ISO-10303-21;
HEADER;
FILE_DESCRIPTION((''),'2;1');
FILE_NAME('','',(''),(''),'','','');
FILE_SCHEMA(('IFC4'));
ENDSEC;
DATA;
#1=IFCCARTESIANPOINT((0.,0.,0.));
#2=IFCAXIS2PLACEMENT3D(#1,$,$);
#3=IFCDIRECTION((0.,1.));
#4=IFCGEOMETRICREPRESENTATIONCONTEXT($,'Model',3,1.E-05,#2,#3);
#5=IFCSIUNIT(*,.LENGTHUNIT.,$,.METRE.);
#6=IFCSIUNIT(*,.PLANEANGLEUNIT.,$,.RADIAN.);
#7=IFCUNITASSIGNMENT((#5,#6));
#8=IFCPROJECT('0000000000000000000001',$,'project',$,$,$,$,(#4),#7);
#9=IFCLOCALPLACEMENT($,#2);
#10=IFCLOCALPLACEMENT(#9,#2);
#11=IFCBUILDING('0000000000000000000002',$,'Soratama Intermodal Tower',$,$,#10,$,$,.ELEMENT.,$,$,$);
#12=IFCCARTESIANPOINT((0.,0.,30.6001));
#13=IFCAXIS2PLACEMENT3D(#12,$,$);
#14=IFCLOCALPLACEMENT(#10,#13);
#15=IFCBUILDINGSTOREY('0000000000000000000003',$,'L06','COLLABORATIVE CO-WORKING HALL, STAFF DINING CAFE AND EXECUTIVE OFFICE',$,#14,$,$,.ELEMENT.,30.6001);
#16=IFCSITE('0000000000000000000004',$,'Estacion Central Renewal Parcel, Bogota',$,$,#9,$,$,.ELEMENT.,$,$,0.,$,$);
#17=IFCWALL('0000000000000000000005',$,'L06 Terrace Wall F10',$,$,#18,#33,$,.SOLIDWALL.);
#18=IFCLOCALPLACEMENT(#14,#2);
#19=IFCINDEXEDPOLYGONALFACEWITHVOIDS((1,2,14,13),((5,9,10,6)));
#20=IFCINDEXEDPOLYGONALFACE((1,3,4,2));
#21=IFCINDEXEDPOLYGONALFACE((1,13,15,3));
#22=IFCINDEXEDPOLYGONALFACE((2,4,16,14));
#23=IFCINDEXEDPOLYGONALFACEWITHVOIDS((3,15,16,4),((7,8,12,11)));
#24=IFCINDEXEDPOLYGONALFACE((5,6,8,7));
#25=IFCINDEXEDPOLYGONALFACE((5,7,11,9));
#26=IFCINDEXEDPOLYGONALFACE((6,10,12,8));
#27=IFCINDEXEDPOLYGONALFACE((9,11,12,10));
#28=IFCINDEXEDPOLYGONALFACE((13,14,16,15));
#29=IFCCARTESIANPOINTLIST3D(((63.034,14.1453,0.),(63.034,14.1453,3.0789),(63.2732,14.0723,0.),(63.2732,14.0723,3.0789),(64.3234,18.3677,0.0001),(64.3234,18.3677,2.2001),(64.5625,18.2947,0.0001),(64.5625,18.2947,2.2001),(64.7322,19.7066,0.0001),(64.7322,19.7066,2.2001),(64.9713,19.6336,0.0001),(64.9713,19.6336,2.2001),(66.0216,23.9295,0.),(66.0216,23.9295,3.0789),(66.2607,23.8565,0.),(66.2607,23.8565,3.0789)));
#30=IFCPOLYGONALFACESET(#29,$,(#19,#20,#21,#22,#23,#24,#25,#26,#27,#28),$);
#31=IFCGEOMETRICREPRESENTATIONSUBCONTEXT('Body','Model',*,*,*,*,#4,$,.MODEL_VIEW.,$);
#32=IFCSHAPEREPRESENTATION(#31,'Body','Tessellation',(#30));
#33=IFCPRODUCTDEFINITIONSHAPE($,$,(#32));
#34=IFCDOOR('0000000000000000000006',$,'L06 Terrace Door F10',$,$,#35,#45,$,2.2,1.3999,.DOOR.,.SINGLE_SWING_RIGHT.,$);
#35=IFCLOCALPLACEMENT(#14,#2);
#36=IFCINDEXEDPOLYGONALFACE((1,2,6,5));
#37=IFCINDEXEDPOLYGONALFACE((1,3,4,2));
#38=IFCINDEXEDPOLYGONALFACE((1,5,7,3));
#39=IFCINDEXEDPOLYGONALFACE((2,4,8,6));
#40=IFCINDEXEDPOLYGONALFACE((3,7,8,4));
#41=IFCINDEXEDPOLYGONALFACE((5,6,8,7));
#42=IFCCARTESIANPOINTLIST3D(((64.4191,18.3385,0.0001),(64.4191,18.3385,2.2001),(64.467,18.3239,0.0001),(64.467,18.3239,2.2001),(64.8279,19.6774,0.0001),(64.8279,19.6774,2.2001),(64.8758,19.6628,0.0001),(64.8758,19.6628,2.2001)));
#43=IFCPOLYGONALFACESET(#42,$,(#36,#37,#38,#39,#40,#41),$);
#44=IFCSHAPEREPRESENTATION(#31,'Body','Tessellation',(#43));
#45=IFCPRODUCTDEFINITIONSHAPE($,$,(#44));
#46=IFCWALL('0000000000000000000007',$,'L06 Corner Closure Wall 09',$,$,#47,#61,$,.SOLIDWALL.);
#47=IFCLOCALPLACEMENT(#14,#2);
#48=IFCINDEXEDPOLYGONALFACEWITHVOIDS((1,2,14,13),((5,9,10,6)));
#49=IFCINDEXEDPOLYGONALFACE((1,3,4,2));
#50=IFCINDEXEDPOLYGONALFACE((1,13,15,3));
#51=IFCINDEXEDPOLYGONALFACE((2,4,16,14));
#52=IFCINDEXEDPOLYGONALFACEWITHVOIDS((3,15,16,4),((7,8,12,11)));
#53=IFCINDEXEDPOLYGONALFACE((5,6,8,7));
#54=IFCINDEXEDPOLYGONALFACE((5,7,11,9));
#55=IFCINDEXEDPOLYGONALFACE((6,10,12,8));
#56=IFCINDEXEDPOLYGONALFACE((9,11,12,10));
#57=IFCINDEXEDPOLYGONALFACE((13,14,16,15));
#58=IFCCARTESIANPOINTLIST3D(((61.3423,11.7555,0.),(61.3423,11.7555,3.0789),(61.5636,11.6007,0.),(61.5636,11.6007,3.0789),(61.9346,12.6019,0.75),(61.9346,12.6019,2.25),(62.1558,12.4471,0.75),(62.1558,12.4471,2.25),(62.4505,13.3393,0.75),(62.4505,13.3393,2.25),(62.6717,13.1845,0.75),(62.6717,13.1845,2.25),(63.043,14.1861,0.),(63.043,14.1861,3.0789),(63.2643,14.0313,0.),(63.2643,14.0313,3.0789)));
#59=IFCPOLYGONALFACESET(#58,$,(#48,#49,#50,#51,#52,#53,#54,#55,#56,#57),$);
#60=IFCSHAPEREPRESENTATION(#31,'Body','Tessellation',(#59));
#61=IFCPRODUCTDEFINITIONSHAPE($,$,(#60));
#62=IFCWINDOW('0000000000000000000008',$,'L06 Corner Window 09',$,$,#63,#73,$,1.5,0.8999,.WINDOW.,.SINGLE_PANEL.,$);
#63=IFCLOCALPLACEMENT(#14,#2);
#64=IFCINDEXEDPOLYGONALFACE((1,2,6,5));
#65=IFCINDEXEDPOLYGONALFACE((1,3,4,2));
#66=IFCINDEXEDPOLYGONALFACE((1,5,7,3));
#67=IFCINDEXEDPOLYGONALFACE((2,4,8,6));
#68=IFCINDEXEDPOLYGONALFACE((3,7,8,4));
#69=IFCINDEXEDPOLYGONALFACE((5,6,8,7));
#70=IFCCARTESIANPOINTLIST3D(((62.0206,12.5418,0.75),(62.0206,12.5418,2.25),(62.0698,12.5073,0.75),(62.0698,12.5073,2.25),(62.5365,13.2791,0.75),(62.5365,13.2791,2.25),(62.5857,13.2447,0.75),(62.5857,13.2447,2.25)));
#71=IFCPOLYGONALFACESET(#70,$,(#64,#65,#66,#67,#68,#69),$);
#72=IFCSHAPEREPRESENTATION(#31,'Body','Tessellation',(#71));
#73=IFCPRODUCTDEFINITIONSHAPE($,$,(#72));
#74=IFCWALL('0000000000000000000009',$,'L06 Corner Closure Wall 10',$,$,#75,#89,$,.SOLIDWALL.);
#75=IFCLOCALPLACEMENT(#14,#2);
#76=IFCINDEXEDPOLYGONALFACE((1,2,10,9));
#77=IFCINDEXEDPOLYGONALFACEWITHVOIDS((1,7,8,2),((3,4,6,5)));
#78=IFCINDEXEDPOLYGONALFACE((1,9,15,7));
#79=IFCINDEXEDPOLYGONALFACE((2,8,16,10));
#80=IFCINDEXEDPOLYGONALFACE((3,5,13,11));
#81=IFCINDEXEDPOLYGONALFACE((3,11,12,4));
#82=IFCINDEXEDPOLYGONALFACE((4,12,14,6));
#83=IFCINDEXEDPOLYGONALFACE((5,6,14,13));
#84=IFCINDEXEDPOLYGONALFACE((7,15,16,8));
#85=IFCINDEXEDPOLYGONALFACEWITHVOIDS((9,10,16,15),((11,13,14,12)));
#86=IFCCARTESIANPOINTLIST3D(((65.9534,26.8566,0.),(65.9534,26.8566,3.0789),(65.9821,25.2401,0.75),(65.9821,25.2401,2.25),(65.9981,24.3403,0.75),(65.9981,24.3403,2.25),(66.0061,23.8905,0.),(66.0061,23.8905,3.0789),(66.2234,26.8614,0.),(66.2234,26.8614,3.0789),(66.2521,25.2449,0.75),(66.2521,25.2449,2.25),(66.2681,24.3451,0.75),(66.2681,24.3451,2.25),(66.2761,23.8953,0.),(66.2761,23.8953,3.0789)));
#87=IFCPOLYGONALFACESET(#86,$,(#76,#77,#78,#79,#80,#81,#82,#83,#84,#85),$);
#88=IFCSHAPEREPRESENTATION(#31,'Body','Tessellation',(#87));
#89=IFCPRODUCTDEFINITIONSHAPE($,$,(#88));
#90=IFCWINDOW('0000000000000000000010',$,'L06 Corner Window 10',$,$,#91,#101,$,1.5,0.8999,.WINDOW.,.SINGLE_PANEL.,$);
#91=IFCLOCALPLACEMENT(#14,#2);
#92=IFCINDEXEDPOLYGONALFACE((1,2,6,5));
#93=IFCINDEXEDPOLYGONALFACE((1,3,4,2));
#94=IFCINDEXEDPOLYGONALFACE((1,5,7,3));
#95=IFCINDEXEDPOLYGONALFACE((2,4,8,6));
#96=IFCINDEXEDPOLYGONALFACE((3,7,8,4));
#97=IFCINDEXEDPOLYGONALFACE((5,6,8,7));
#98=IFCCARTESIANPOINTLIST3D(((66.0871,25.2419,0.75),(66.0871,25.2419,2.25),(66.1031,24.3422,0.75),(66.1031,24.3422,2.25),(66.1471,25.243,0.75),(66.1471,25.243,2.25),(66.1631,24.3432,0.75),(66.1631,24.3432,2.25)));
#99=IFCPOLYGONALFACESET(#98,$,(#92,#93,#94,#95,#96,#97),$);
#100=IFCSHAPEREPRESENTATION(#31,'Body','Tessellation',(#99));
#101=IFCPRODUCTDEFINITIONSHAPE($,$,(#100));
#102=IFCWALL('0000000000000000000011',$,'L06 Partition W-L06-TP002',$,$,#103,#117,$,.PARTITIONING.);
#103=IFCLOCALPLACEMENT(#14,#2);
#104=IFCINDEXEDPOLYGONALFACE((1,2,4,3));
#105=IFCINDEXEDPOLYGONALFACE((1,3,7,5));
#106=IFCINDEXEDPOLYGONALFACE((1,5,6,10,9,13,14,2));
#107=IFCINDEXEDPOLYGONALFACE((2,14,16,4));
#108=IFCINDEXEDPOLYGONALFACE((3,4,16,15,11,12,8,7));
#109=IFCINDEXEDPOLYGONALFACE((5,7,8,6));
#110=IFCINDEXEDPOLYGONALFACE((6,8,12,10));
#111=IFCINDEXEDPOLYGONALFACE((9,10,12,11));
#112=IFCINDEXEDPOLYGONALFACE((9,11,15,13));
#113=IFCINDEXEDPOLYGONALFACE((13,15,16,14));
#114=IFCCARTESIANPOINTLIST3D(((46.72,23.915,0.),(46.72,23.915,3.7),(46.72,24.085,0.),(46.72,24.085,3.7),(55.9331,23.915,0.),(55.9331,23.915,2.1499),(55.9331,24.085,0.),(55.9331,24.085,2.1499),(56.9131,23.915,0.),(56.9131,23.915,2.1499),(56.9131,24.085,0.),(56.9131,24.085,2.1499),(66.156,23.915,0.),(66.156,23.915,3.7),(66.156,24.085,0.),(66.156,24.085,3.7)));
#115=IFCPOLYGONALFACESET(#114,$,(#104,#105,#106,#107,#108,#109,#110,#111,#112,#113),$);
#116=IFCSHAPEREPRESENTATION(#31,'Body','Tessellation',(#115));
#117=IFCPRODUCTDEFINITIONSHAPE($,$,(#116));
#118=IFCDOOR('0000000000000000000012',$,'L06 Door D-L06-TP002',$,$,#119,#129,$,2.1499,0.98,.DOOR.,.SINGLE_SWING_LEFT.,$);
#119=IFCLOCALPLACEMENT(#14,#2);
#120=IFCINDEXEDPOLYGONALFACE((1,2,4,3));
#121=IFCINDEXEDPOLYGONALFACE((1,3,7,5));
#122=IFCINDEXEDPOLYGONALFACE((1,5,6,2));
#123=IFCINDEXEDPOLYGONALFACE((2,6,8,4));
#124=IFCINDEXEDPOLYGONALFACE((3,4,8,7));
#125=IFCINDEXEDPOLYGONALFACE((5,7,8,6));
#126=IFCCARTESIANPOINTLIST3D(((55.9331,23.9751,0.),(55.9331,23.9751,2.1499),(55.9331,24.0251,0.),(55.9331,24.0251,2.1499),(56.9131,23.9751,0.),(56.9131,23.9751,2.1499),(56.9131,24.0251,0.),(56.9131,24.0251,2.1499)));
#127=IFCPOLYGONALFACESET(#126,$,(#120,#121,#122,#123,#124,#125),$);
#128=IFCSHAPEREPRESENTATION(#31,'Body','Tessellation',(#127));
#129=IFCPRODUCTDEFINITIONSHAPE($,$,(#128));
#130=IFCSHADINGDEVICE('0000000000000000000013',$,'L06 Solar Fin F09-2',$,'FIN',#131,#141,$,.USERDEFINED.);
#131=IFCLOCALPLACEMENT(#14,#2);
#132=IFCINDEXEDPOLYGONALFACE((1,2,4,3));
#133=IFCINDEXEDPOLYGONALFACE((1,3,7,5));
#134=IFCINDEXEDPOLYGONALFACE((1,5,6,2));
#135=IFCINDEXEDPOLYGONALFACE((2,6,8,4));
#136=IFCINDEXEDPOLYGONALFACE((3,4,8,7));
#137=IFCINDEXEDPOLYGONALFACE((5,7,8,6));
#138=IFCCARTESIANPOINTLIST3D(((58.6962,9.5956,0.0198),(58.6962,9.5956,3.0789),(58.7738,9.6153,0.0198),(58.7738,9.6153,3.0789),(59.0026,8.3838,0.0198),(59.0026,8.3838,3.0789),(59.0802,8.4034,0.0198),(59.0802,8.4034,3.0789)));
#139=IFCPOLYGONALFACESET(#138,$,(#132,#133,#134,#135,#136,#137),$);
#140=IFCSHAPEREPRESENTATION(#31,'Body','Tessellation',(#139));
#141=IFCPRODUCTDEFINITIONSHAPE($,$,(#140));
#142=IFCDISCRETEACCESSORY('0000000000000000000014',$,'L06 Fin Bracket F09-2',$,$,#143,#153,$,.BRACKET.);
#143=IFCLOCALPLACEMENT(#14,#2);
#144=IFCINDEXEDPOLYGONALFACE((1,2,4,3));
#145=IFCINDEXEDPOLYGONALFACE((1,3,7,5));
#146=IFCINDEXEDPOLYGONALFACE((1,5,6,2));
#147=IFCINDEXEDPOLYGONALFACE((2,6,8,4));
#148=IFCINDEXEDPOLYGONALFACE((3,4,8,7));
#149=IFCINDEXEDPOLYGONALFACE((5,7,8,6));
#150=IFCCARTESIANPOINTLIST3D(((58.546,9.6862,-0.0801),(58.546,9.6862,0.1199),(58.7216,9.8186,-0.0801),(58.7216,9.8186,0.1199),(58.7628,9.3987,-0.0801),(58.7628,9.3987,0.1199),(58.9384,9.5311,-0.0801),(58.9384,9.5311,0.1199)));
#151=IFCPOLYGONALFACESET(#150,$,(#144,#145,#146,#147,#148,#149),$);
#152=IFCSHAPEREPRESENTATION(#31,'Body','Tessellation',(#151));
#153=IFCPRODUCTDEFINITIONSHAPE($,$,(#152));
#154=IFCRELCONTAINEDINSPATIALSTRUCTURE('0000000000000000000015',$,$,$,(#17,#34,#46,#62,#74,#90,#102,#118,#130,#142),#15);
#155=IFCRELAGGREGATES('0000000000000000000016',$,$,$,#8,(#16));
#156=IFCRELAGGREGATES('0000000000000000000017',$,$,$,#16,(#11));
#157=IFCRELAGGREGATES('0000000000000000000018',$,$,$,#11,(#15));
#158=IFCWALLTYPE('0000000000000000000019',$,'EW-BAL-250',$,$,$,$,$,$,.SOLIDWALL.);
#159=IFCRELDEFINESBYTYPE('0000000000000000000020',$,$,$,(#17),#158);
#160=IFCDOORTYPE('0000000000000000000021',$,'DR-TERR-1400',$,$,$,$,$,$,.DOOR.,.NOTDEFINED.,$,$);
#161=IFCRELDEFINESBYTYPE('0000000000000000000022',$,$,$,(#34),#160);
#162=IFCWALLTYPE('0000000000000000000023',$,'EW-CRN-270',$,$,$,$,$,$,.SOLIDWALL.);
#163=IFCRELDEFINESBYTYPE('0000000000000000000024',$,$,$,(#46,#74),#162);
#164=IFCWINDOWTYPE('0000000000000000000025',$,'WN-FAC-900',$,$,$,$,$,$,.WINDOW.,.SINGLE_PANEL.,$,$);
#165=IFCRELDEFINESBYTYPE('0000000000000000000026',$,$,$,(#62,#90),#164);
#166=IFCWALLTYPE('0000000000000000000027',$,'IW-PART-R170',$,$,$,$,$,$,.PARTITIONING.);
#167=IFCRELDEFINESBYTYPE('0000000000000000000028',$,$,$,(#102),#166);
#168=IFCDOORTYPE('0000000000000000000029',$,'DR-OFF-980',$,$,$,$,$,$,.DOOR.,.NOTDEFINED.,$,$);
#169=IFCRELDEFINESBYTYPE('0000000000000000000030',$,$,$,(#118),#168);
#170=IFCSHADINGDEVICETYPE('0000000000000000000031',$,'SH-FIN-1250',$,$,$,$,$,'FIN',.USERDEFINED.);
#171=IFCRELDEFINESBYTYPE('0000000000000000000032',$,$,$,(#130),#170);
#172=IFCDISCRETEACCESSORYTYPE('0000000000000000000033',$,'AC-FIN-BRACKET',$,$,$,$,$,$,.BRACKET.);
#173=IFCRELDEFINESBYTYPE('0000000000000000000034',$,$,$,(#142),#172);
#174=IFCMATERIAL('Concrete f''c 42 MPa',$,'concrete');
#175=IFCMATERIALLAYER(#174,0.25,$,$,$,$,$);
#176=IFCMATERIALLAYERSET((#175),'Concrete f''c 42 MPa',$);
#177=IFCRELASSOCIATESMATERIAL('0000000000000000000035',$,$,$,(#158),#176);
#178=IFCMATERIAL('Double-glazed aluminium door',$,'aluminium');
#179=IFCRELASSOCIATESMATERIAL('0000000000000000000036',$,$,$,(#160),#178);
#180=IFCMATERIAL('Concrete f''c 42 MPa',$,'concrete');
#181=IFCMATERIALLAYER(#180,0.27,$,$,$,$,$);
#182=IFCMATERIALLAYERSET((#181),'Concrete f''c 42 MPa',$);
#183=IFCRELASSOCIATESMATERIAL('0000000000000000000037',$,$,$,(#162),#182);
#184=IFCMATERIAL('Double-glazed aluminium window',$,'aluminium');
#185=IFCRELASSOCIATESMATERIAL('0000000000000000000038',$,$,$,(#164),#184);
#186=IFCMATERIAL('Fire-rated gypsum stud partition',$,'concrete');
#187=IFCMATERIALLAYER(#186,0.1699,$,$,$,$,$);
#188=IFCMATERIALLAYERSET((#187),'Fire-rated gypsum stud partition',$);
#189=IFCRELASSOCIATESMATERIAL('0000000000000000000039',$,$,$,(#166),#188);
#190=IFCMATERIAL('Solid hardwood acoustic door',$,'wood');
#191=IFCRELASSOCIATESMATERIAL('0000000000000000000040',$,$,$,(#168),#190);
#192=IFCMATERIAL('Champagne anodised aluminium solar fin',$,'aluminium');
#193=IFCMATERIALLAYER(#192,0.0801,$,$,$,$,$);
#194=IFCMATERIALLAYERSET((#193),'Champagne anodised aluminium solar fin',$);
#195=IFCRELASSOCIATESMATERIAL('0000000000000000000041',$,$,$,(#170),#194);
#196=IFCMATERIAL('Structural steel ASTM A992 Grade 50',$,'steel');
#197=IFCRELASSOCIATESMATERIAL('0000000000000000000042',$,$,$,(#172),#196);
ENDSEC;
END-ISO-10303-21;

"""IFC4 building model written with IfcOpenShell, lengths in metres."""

from ifc_helpers import new_model, si_unit, direction, frame, frame_2d, origin, origin_2d, place, context, subcontext, project, spatial, rectangle, extrude, material, layer, layer_set, type_object, element, fill, save


model = new_model("IFC4")

# Units and contexts
model_context = context("Model", 3, precision=1e-05, world=origin(), true_north=direction((0.0, 1.0)))
body_context = subcontext(model_context, "Body", "Model", "MODEL_VIEW")
ifc_project = project(units=[si_unit("LENGTHUNIT", "METRE"), si_unit("PLANEANGLEUNIT", "RADIAN")], contexts=[model_context])

# Site, building, storey
site_placement = place(None, origin())
site = spatial("IfcSite", under=ifc_project, at=site_placement, Name="Estacion Central Renewal Parcel, Bogota", CompositionType="ELEMENT", RefElevation=0.0)
building_placement = place(site_placement, origin())
building = spatial("IfcBuilding", under=site, at=building_placement, Name="Soratama Intermodal Tower", CompositionType="ELEMENT")
storey_placement = place(building_placement, frame((0.0, 0.0, 30.6001)))
storey = spatial("IfcBuildingStorey", under=building, at=storey_placement, Name="L06", Description="COLLABORATIVE CO-WORKING HALL, STAFF DINING CAFE AND EXECUTIVE OFFICE", CompositionType="ELEMENT", Elevation=30.6001)

# Wall, opening, door
ifc_material_1 = material(Name="Concrete f'c 42 MPa", Category="concrete")
ifc_layer_1 = layer(ifc_material_1, 0.25)
ifc_layer_set_1 = layer_set([ifc_layer_1], Name="Concrete f'c 42 MPa")
wall_type_1 = type_object("IfcWallType", Name="EW-BAL-250", PredefinedType="SOLIDWALL", material=ifc_layer_set_1)
wall_1_placement = place(storey_placement, frame((63.1536, 14.1086, 0.0), z_axis=(0.0, 0.0, 1.0), x_axis=(0.292034, 0.956408, 0.0)))
wall_1 = element("IfcWall", 1, at=wall_1_placement, inside=storey, type_object=wall_type_1, Name="L06 Terrace Wall F10", PredefinedType="SOLIDWALL", context=body_context, shape_type="SweptSolid", body=[
    extrude(rectangle(XDim=10.2302, YDim=0.25, at=frame_2d((5.1152, 0.0))), origin(), (0.0, 0.0, 1.0), 3.0789),
])
opening_1_placement = place(wall_1_placement, frame((4.415, 0.0, 0.0)))
opening_1 = element("IfcOpeningElement", 2, at=opening_1_placement, cuts=wall_1, PredefinedType="OPENING", context=body_context, shape_type="SweptSolid", body=[
    extrude(rectangle(XDim=1.3999, YDim=2.2, at=frame_2d((0.7, 1.1001))), frame((0.0, 0.135, 0.0), z_axis=(0.0, -1.0, 0.0), x_axis=(1.0, 0.0, 0.0)), (0.0, 0.0, 1.0), 0.27),
])
ifc_material_2 = material(Name="Double-glazed aluminium door", Category="aluminium")
door_type_1 = type_object("IfcDoorType", Name="DR-TERR-1400", OperationType="NOTDEFINED", PredefinedType="DOOR", material=ifc_material_2)
door_1_placement = place(opening_1_placement, origin())
door_1 = element("IfcDoor", 3, at=door_1_placement, inside=storey, type_object=door_type_1, Name="L06 Terrace Door F10", OperationType="SINGLE_SWING_RIGHT", OverallHeight=2.2, OverallWidth=1.3999, PredefinedType="DOOR", context=body_context, shape_type="SweptSolid", body=[
    extrude(rectangle(XDim=1.3999, YDim=2.2, at=frame_2d((0.7, 1.1001))), frame((0.0, 0.0249, 0.0), z_axis=(0.0, -1.0, 0.0), x_axis=(1.0, 0.0, 0.0)), (0.0, 0.0, 1.0), 0.05),
])
fill(opening_1, door_1)

# Walls, openings, windows
ifc_material_3 = material(Name="Concrete f'c 42 MPa", Category="concrete")
ifc_layer_2 = layer(ifc_material_3, 0.27)
ifc_layer_set_2 = layer_set([ifc_layer_2], Name="Concrete f'c 42 MPa")
wall_type_2 = type_object("IfcWallType", Name="EW-CRN-270", PredefinedType="SOLIDWALL", material=ifc_layer_set_2)
wall_2_placement = place(storey_placement, frame((61.4529, 11.678, 0.0), z_axis=(0.0, 0.0, 1.0), x_axis=(0.573286, 0.819356, 0.0)))
wall_2 = element("IfcWall", 4, at=wall_2_placement, inside=storey, type_object=wall_type_2, Name="L06 Corner Closure Wall 09", PredefinedType="SOLIDWALL", context=body_context, shape_type="SweptSolid", body=[
    extrude(rectangle(XDim=2.9666, YDim=0.27, at=frame_2d((1.4834, 0.0))), origin(), (0.0, 0.0, 1.0), 3.0789),
])
opening_2_placement = place(wall_2_placement, frame((1.0332, 0.0, 0.75)))
opening_2 = element("IfcOpeningElement", 5, at=opening_2_placement, cuts=wall_2, PredefinedType="OPENING", context=body_context, shape_type="SweptSolid", body=[
    extrude(rectangle(XDim=0.8999, YDim=1.5, at=frame_2d((0.45, 0.75))), frame((0.0, 0.145, 0.0), z_axis=(0.0, -1.0, 0.0), x_axis=(1.0, 0.0, 0.0)), (0.0, 0.0, 1.0), 0.29),
])
ifc_material_4 = material(Name="Double-glazed aluminium window", Category="aluminium")
window_type = type_object("IfcWindowType", Name="WN-FAC-900", PartitioningType="SINGLE_PANEL", PredefinedType="WINDOW", material=ifc_material_4)
window_1_placement = place(opening_2_placement, origin())
window_1 = element("IfcWindow", 6, at=window_1_placement, inside=storey, type_object=window_type, Name="L06 Corner Window 09", OverallHeight=1.5, OverallWidth=0.8999, PartitioningType="SINGLE_PANEL", PredefinedType="WINDOW", context=body_context, shape_type="SweptSolid", body=[
    extrude(rectangle(XDim=0.8999, YDim=1.5, at=frame_2d((0.45, 0.75))), frame((0.0, 0.03, 0.0), z_axis=(0.0, -1.0, 0.0), x_axis=(1.0, 0.0, 0.0)), (0.0, 0.0, 1.0), 0.0601),
])
fill(opening_2, window_1)
wall_3_placement = place(storey_placement, frame((66.1411, 23.8928, 0.0), z_axis=(0.0, 0.0, 1.0), x_axis=(-0.017776, 0.999842, 0.0)))
wall_3 = element("IfcWall", 7, at=wall_3_placement, inside=storey, type_object=wall_type_2, Name="L06 Corner Closure Wall 10", PredefinedType="SOLIDWALL", context=body_context, shape_type="SweptSolid", body=[
    extrude(rectangle(XDim=2.9666, YDim=0.27, at=frame_2d((1.4834, 0.0))), origin(), (0.0, 0.0, 1.0), 3.0789),
])
opening_3_placement = place(wall_3_placement, frame((0.45, 0.0, 0.75)))
opening_3 = element("IfcOpeningElement", 8, at=opening_3_placement, cuts=wall_3, PredefinedType="OPENING", context=body_context, shape_type="SweptSolid", body=[
    extrude(rectangle(XDim=0.8999, YDim=1.5, at=frame_2d((0.45, 0.75))), frame((0.0, 0.145, 0.0), z_axis=(0.0, -1.0, 0.0), x_axis=(1.0, 0.0, 0.0)), (0.0, 0.0, 1.0), 0.29),
])
window_2_placement = place(opening_3_placement, origin())
window_2 = element("IfcWindow", 9, at=window_2_placement, inside=storey, type_object=window_type, Name="L06 Corner Window 10", OverallHeight=1.5, OverallWidth=0.8999, PartitioningType="SINGLE_PANEL", PredefinedType="WINDOW", context=body_context, shape_type="SweptSolid", body=[
    extrude(rectangle(XDim=0.8999, YDim=1.5, at=frame_2d((0.45, 0.75))), frame((0.0, 0.03, 0.0), z_axis=(0.0, -1.0, 0.0), x_axis=(1.0, 0.0, 0.0)), (0.0, 0.0, 1.0), 0.0601),
])
fill(opening_3, window_2)

# Wall, opening, door
ifc_material_5 = material(Name="Fire-rated gypsum stud partition", Category="concrete")
ifc_layer_3 = layer(ifc_material_5, 0.1699)
ifc_layer_set_3 = layer_set([ifc_layer_3], Name="Fire-rated gypsum stud partition")
wall_type_3 = type_object("IfcWallType", Name="IW-PART-R170", PredefinedType="PARTITIONING", material=ifc_layer_set_3)
wall_4_placement = place(storey_placement, frame((66.156, 24.0, 0.0), z_axis=(0.0, 0.0, 1.0), x_axis=(-1.0, 0.0, 0.0)))
wall_4 = element("IfcWall", 10, at=wall_4_placement, inside=storey, type_object=wall_type_3, Name="L06 Partition W-L06-TP002", PredefinedType="PARTITIONING", context=body_context, shape_type="SweptSolid", body=[
    extrude(rectangle(XDim=19.436, YDim=0.1699, at=frame_2d((9.718, 0.0))), origin(), (0.0, 0.0, 1.0), 3.7),
])
opening_4_placement = place(wall_4_placement, frame((9.2429, 0.0, 0.0)))
opening_4 = element("IfcOpeningElement", 11, at=opening_4_placement, cuts=wall_4, PredefinedType="OPENING", context=body_context, shape_type="SweptSolid", body=[
    extrude(rectangle(XDim=0.98, YDim=2.1499, at=frame_2d((0.49, 1.075))), frame((0.0, 0.095, 0.0), z_axis=(0.0, -1.0, 0.0), x_axis=(1.0, 0.0, 0.0)), (0.0, 0.0, 1.0), 0.1899),
])
ifc_material_6 = material(Name="Solid hardwood acoustic door", Category="wood")
door_type_2 = type_object("IfcDoorType", Name="DR-OFF-980", OperationType="NOTDEFINED", PredefinedType="DOOR", material=ifc_material_6)
door_2_placement = place(opening_4_placement, origin())
door_2 = element("IfcDoor", 12, at=door_2_placement, inside=storey, type_object=door_type_2, Name="L06 Door D-L06-TP002", OperationType="SINGLE_SWING_LEFT", OverallHeight=2.1499, OverallWidth=0.98, PredefinedType="DOOR", context=body_context, shape_type="SweptSolid", body=[
    extrude(rectangle(XDim=0.98, YDim=2.1499, at=frame_2d((0.49, 1.075))), frame((0.0, 0.0249, 0.0), z_axis=(0.0, -1.0, 0.0), x_axis=(1.0, 0.0, 0.0)), (0.0, 0.0, 1.0), 0.05),
])
fill(opening_4, door_2)

# Shading device
ifc_material_7 = material(Name="Champagne anodised aluminium solar fin", Category="aluminium")
ifc_layer_4 = layer(ifc_material_7, 0.0801)
ifc_layer_set_4 = layer_set([ifc_layer_4], Name="Champagne anodised aluminium solar fin")
shading_device_type = type_object("IfcShadingDeviceType", Name="SH-FIN-1250", ElementType="FIN", PredefinedType="USERDEFINED", material=ifc_layer_set_4)
shading_device_placement = place(storey_placement, frame((58.8882, 8.9995, 0.0198), z_axis=(0.0, 0.0, 1.0), x_axis=(0.245138, -0.969488, 0.0)))
element("IfcShadingDevice", 13, at=shading_device_placement, inside=storey, type_object=shading_device_type, Name="L06 Solar Fin F09-2", ObjectType="FIN", PredefinedType="USERDEFINED", context=body_context, shape_type="SweptSolid", body=[
    extrude(rectangle(XDim=1.25, YDim=0.0801, at=origin_2d()), origin(), (0.0, 0.0, 1.0), 3.0591),
])

# Discrete accessory
ifc_material_8 = material(Name="Structural steel ASTM A992 Grade 50", Category="steel")
discrete_accessory_type_1 = type_object("IfcDiscreteAccessoryType", Name="AC-FIN-BRACKET", PredefinedType="BRACKET", material=ifc_material_8)
discrete_accessory_placement = place(storey_placement, frame((58.7422, 9.6086, -0.0801), z_axis=(0.0, 0.0, 1.0), x_axis=(0.602094, -0.798425, 0.0)))
element("IfcDiscreteAccessory", 14, at=discrete_accessory_placement, inside=storey, type_object=discrete_accessory_type_1, Name="L06 Fin Bracket F09-2", PredefinedType="BRACKET", context=body_context, shape_type="SweptSolid", body=[
    extrude(rectangle(XDim=0.3601, YDim=0.22, at=origin_2d()), origin(), (0.0, 0.0, 1.0), 0.2),
])

save(model, "model.ifc")
